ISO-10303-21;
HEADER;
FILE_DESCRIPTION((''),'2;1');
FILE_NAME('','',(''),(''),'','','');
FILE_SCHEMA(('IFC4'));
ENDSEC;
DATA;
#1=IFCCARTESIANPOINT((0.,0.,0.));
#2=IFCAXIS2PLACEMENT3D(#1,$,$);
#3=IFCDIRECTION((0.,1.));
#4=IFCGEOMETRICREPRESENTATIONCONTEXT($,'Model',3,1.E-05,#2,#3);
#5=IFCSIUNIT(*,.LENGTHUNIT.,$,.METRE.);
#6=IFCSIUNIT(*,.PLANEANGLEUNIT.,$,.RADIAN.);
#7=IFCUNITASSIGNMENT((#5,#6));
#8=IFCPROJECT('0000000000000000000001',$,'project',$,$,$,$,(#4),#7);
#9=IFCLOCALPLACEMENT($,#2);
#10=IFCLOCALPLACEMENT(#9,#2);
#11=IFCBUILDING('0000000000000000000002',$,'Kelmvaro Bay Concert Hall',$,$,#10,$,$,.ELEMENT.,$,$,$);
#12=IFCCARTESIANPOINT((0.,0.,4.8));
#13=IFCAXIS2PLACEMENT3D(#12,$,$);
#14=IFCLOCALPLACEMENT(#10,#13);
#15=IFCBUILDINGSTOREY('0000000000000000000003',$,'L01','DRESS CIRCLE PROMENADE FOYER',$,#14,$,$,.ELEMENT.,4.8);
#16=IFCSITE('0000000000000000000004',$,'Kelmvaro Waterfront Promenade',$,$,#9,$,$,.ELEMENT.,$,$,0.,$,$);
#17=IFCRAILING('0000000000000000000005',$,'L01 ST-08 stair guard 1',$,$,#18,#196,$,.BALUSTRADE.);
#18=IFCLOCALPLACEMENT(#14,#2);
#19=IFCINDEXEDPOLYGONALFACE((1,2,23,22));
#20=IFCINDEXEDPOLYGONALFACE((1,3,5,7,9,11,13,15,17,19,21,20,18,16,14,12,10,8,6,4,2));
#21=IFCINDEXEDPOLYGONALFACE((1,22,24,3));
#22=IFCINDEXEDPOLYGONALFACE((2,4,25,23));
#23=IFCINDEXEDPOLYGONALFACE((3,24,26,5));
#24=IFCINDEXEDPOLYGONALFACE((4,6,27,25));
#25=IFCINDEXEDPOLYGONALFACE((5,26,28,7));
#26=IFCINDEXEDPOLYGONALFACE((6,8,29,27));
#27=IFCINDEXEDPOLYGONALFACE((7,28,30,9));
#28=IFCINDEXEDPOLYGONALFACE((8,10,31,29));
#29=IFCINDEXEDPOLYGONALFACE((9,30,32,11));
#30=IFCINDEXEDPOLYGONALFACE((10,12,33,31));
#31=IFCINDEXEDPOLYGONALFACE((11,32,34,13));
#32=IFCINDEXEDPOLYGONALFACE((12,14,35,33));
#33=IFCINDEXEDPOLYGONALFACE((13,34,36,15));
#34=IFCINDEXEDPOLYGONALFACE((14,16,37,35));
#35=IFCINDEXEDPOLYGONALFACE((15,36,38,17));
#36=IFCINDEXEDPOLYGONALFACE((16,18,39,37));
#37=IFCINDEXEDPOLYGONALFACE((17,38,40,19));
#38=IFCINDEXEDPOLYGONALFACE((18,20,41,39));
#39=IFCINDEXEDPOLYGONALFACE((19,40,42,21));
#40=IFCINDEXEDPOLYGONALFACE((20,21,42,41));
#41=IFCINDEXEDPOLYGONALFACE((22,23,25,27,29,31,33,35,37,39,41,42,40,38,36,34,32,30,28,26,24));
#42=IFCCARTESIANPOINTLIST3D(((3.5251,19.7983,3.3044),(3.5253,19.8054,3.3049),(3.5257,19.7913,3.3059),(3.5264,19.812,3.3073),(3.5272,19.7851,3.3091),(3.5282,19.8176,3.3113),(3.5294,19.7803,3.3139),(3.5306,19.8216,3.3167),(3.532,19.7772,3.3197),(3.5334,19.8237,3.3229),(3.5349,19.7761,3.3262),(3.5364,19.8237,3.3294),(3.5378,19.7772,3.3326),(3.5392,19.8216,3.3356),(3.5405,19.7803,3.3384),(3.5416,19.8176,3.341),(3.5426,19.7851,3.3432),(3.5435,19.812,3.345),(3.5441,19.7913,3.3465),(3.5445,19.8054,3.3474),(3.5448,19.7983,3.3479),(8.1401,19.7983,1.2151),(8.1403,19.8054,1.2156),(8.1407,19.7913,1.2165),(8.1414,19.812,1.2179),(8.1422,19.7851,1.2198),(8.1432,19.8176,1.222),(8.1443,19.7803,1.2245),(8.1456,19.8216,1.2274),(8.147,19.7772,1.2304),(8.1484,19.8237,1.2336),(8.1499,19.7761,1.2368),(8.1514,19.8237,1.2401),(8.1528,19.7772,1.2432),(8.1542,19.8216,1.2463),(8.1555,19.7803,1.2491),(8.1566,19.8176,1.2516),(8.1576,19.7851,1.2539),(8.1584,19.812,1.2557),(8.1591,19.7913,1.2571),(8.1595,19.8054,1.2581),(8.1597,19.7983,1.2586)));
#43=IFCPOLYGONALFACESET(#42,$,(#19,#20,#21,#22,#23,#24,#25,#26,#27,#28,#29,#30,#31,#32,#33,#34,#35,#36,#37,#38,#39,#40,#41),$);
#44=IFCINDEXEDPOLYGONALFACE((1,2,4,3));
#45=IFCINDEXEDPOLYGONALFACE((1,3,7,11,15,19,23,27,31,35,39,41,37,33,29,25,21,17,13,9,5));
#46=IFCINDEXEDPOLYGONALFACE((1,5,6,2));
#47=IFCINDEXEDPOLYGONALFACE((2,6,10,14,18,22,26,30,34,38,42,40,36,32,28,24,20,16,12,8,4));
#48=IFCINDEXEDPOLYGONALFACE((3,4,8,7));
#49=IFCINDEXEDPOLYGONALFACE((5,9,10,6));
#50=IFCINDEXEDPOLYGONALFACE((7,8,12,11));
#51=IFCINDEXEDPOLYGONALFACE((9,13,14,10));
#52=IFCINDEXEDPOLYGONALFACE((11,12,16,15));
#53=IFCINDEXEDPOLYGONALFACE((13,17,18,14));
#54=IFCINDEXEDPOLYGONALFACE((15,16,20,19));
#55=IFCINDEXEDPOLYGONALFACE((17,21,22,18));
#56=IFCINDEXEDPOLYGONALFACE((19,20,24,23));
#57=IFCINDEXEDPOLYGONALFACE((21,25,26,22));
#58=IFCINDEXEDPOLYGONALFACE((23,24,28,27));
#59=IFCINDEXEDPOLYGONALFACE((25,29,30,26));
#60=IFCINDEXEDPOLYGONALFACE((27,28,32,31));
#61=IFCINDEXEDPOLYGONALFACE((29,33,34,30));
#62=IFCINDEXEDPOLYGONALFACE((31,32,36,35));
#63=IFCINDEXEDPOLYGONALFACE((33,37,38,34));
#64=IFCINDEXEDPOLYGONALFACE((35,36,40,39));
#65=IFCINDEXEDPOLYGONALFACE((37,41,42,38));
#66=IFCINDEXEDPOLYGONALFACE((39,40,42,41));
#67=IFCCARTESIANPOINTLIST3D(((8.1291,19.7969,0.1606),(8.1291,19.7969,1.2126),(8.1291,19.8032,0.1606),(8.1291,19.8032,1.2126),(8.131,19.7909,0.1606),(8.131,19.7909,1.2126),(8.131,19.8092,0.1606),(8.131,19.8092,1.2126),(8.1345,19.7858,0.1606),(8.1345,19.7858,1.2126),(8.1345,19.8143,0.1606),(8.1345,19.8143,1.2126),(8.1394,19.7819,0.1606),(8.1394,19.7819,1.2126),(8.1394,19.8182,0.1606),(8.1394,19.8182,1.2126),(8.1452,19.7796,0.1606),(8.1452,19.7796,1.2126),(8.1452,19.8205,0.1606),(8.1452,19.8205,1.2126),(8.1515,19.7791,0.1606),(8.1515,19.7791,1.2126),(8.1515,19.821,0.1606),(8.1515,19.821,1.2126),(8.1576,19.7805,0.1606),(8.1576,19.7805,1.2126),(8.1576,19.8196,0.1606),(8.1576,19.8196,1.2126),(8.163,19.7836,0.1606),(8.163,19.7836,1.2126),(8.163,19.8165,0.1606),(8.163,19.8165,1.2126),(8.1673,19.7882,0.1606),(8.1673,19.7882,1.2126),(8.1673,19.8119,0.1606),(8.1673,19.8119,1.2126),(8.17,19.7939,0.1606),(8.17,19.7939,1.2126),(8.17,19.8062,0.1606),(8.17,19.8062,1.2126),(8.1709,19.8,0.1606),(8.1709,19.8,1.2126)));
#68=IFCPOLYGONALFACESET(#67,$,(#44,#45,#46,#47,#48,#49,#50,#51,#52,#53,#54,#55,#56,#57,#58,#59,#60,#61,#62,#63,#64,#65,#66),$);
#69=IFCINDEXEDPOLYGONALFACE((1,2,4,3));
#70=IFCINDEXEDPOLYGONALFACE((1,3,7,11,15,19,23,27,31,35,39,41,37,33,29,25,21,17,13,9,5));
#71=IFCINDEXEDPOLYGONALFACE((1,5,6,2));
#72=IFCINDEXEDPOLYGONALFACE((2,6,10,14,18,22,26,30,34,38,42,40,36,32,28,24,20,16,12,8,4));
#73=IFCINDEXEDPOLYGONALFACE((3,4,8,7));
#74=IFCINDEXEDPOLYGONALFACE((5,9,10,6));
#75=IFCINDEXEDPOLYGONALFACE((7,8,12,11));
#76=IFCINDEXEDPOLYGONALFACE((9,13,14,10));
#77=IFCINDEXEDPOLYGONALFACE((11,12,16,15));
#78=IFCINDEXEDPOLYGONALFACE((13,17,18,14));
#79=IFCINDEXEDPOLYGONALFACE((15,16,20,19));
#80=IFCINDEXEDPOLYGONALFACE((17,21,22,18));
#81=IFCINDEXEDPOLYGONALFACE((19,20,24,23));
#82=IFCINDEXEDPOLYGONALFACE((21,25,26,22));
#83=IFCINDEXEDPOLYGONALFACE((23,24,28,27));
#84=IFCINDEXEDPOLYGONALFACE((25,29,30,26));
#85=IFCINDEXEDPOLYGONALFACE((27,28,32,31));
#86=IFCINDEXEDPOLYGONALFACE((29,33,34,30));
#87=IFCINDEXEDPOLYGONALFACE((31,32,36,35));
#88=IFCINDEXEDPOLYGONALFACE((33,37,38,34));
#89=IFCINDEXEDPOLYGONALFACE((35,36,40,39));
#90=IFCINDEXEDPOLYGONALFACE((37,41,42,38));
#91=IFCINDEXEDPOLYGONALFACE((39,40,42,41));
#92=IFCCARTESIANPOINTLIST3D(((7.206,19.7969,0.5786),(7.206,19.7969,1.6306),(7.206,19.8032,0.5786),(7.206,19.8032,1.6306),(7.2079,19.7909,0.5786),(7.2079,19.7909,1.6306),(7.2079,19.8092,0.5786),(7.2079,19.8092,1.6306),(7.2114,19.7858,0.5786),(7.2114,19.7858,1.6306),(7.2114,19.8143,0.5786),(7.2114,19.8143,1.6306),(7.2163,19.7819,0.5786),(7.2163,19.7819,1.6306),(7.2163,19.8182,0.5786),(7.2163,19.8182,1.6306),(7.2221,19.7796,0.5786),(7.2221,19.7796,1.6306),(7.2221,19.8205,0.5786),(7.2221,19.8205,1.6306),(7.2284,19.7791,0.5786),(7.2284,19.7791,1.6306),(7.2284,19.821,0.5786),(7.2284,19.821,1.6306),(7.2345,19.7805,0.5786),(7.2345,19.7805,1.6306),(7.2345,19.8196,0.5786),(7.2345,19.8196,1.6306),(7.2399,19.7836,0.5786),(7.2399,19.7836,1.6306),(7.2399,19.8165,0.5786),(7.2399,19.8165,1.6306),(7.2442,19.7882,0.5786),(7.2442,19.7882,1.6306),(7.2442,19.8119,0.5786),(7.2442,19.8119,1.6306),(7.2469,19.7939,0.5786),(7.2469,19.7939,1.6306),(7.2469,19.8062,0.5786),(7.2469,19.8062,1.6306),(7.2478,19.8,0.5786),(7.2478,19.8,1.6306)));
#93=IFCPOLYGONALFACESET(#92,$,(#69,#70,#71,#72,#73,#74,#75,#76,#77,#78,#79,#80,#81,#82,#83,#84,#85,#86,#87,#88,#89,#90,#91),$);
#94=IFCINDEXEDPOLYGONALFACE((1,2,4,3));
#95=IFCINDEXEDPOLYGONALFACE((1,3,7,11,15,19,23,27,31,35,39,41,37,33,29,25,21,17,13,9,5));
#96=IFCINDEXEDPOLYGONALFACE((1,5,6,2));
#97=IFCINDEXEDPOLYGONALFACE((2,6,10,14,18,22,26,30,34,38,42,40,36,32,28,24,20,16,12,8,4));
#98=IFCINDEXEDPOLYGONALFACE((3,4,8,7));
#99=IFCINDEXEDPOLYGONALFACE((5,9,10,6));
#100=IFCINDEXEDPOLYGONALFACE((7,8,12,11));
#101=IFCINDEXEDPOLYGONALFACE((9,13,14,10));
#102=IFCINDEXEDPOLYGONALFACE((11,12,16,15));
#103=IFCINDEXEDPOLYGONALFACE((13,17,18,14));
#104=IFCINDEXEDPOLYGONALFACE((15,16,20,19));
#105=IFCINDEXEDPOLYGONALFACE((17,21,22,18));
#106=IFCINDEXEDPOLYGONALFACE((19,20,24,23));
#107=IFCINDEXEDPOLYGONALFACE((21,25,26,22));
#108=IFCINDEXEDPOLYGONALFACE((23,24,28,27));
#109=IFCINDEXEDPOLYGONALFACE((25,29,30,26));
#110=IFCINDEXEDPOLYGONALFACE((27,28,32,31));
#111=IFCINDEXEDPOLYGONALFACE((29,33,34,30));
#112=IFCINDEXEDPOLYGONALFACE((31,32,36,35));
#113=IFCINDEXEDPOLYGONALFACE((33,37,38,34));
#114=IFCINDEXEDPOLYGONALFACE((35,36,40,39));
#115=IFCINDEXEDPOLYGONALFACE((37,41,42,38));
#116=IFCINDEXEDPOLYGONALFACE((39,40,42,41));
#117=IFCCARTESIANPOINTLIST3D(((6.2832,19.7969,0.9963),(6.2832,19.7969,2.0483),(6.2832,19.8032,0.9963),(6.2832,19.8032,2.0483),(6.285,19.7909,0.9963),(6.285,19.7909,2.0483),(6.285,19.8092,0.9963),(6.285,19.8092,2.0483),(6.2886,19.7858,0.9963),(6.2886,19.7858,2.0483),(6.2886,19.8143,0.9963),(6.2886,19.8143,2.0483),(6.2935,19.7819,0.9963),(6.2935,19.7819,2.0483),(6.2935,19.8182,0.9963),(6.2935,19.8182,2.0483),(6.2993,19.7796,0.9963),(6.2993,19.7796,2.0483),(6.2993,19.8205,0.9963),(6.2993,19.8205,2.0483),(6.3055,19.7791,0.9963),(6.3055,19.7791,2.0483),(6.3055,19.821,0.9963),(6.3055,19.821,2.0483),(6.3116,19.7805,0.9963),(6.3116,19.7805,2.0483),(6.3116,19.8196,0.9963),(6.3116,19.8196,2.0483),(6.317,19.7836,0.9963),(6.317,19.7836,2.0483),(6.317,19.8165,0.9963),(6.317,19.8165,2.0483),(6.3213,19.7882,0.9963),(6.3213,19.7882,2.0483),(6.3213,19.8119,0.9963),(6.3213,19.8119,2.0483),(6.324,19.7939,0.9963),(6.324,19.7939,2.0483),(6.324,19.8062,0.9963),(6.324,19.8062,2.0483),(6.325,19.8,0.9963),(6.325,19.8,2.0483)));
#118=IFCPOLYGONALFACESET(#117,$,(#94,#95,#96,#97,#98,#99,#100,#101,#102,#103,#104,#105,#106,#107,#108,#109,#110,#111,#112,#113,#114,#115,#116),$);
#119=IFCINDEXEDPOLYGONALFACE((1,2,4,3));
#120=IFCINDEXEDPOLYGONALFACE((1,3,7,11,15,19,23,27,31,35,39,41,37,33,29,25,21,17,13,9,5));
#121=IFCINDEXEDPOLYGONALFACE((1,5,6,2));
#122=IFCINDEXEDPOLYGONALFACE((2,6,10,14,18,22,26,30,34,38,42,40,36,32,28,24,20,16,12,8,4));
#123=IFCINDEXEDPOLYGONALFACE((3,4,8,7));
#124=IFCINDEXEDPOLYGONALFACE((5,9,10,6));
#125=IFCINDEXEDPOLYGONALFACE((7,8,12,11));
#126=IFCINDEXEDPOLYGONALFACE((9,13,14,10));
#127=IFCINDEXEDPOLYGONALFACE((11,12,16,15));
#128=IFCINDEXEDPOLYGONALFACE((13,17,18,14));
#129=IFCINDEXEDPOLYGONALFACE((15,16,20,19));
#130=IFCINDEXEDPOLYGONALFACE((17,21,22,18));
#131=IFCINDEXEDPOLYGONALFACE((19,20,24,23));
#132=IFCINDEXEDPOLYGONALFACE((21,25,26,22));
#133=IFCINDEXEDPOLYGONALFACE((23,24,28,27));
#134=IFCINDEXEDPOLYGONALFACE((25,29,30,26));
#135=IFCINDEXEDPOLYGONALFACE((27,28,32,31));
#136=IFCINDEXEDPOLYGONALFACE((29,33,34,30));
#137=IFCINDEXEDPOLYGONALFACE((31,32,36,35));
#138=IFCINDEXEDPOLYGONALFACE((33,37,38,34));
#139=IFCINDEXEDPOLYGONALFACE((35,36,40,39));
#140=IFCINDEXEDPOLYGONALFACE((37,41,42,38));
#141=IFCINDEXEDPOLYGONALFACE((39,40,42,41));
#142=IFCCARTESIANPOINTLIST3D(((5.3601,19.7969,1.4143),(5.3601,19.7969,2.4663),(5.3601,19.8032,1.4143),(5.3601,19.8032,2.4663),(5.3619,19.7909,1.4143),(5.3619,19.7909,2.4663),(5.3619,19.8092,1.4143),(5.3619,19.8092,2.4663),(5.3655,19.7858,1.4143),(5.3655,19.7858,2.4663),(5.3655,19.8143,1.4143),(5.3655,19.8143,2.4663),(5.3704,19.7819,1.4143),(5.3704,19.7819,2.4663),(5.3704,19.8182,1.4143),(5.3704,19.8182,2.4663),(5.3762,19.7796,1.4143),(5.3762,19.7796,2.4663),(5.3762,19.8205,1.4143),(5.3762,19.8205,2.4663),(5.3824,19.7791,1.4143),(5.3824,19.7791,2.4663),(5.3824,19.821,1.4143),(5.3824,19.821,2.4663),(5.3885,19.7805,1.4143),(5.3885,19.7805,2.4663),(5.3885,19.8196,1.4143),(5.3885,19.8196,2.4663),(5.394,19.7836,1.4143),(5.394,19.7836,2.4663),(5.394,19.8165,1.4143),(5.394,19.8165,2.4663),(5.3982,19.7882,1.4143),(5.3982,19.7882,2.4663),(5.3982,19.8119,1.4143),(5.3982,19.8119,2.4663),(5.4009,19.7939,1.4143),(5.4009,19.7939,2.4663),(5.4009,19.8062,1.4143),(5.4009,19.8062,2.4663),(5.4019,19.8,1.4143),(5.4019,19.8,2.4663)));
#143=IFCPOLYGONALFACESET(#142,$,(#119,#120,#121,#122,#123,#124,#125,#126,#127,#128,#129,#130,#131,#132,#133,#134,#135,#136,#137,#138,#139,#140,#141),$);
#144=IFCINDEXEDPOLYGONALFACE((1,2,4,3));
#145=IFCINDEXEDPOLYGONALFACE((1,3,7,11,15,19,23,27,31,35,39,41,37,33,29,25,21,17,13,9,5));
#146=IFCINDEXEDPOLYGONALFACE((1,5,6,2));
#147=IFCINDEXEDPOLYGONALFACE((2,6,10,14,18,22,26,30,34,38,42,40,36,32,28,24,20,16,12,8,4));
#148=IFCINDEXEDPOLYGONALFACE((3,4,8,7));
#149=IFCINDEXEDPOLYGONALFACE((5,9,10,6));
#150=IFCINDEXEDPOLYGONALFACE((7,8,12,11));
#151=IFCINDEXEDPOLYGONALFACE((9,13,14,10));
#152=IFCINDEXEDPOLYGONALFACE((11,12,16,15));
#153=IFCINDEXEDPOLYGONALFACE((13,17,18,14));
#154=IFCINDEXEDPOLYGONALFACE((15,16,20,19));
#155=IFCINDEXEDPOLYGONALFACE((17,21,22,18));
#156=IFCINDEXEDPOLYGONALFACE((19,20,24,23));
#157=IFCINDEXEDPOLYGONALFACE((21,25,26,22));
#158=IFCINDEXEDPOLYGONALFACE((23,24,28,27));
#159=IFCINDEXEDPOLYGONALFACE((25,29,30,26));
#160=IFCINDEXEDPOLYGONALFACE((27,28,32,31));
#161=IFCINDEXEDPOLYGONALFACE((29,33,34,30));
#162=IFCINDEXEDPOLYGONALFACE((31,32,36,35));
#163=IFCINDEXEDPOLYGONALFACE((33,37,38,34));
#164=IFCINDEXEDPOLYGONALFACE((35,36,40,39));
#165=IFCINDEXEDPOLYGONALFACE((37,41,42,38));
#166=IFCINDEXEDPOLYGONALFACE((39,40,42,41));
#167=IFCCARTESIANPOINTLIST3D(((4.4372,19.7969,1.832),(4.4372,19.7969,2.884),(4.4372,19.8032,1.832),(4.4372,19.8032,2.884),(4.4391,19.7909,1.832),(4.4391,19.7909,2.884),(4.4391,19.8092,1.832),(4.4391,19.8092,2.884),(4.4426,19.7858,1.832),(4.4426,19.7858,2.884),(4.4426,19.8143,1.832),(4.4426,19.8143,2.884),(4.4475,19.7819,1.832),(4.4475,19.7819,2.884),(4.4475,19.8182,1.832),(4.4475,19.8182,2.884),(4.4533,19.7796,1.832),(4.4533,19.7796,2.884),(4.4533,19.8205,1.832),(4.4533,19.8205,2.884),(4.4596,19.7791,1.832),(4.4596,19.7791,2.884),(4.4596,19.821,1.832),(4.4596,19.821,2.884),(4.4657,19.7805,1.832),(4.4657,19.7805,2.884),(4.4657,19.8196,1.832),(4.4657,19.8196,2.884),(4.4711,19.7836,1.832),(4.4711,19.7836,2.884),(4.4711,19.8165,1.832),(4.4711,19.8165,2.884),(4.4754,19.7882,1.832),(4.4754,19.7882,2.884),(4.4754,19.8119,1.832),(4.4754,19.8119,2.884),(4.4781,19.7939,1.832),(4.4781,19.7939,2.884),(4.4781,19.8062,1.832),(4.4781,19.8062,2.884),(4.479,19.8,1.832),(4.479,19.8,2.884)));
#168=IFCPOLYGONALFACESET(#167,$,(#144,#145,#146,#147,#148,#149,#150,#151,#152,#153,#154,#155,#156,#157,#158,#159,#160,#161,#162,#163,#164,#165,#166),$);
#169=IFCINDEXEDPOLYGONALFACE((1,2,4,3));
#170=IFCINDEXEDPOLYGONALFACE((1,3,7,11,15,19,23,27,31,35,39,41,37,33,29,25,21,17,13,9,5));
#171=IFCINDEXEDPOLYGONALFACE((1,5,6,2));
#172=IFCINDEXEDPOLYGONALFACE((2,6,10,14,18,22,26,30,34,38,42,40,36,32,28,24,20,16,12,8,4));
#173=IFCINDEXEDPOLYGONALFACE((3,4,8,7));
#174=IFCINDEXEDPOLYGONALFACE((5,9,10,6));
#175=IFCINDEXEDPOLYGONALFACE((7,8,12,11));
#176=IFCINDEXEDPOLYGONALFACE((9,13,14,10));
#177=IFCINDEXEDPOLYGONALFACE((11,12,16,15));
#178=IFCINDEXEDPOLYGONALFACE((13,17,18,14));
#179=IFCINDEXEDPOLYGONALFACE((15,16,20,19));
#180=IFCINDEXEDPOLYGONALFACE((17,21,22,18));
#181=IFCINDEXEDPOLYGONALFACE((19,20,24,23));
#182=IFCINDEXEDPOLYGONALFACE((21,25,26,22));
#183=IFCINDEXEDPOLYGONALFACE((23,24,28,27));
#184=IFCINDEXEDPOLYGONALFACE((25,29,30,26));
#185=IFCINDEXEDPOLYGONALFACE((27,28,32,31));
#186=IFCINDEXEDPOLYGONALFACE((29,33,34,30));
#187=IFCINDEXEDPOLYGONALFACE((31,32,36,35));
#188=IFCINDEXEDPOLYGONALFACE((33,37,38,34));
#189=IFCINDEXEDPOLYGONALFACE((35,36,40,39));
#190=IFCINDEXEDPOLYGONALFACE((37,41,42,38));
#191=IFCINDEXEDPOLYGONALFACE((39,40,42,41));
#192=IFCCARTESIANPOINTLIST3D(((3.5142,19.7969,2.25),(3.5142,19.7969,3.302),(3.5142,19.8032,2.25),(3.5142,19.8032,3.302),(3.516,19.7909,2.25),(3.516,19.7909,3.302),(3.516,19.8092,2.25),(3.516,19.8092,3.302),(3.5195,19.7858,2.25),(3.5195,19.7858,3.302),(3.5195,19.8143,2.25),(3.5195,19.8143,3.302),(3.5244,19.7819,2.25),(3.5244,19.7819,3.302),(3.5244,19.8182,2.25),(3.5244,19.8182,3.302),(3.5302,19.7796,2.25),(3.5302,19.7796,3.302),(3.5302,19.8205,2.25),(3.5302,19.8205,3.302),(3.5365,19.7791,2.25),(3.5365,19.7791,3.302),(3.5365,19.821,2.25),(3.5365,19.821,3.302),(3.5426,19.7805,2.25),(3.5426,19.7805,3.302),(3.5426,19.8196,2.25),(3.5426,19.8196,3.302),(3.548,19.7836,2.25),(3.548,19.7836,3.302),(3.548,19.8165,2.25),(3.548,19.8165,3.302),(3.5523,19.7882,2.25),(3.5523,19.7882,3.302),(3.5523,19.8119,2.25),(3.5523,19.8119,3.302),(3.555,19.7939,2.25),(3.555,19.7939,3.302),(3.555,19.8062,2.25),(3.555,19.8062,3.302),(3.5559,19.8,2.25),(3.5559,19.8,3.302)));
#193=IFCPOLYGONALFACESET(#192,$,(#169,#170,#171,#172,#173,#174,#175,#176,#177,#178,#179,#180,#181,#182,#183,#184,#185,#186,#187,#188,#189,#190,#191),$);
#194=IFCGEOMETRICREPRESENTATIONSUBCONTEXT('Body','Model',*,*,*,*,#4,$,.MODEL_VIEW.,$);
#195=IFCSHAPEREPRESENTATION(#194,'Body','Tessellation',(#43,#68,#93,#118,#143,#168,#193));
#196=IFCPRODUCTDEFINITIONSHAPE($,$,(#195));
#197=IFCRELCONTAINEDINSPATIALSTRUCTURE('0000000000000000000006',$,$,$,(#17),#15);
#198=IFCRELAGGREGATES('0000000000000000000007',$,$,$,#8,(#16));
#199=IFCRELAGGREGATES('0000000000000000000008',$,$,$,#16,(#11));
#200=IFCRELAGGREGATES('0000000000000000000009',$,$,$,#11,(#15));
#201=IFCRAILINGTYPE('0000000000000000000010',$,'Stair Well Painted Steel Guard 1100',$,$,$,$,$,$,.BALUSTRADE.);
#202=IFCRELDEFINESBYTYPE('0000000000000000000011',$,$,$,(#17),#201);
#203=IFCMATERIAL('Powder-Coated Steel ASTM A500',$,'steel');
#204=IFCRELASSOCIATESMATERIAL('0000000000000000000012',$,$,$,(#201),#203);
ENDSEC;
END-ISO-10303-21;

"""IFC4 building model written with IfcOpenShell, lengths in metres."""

from ifc_helpers import new_model, si_unit, direction, frame, origin, origin_2d, place, context, subcontext, project, spatial, circle, extrude, material, type_object, element, save


model = new_model("IFC4")

# Units and contexts
model_context = context("Model", 3, precision=1e-05, world=origin(), true_north=direction((0.0, 1.0)))
body_context = subcontext(model_context, "Body", "Model", "MODEL_VIEW")
ifc_project = project(units=[si_unit("LENGTHUNIT", "METRE"), si_unit("PLANEANGLEUNIT", "RADIAN")], contexts=[model_context])

# Site, building, storey
site_placement = place(None, origin())
site = spatial("IfcSite", under=ifc_project, at=site_placement, Name="Kelmvaro Waterfront Promenade", CompositionType="ELEMENT", RefElevation=0.0)
building_placement = place(site_placement, origin())
building = spatial("IfcBuilding", under=site, at=building_placement, Name="Kelmvaro Bay Concert Hall", CompositionType="ELEMENT")
storey_placement = place(building_placement, frame((0.0, 0.0, 4.8)))
storey = spatial("IfcBuildingStorey", under=building, at=storey_placement, Name="L01", Description="DRESS CIRCLE PROMENADE FOYER", CompositionType="ELEMENT", Elevation=4.8)

# Railing
ifc_material_1 = material(Name="Powder-Coated Steel ASTM A500", Category="steel")
railing_type_1 = type_object("IfcRailingType", Name="Stair Well Painted Steel Guard 1100", PredefinedType="BALUSTRADE", material=ifc_material_1)
railing_1_placement = place(storey_placement, frame((8.1499, 19.8, 0.1606)))
element("IfcRailing", 1, at=railing_1_placement, inside=storey, type_object=railing_type_1, Name="L01 ST-08 stair guard 1", PredefinedType="BALUSTRADE", context=body_context, shape_type="SweptSolid", body=[
    extrude(circle(Radius=0.0239, at=origin_2d()), frame((0.0, 0.0, 1.0762), z_axis=(-0.910988, 0.0, 0.412434), x_axis=(0.0, -1.0, 0.0)), (0.0, 0.0, 1.0), 5.0659),
    extrude(circle(Radius=0.021, at=origin_2d()), origin(), (0.0, 0.0, 1.0), 1.052),
    extrude(circle(Radius=0.021, at=origin_2d()), frame((-0.9231, 0.0, 0.418)), (0.0, 0.0, 1.0), 1.052),
    extrude(circle(Radius=0.021, at=origin_2d()), frame((-1.8459, 0.0, 0.8357)), (0.0, 0.0, 1.0), 1.052),
    extrude(circle(Radius=0.021, at=origin_2d()), frame((-2.769, 0.0, 1.2537)), (0.0, 0.0, 1.0), 1.052),
    extrude(circle(Radius=0.021, at=origin_2d()), frame((-3.6919, 0.0, 1.6714)), (0.0, 0.0, 1.0), 1.052),
    extrude(circle(Radius=0.021, at=origin_2d()), frame((-4.615, 0.0, 2.0894)), (0.0, 0.0, 1.0), 1.052),
])

save(model, "model.ifc")
